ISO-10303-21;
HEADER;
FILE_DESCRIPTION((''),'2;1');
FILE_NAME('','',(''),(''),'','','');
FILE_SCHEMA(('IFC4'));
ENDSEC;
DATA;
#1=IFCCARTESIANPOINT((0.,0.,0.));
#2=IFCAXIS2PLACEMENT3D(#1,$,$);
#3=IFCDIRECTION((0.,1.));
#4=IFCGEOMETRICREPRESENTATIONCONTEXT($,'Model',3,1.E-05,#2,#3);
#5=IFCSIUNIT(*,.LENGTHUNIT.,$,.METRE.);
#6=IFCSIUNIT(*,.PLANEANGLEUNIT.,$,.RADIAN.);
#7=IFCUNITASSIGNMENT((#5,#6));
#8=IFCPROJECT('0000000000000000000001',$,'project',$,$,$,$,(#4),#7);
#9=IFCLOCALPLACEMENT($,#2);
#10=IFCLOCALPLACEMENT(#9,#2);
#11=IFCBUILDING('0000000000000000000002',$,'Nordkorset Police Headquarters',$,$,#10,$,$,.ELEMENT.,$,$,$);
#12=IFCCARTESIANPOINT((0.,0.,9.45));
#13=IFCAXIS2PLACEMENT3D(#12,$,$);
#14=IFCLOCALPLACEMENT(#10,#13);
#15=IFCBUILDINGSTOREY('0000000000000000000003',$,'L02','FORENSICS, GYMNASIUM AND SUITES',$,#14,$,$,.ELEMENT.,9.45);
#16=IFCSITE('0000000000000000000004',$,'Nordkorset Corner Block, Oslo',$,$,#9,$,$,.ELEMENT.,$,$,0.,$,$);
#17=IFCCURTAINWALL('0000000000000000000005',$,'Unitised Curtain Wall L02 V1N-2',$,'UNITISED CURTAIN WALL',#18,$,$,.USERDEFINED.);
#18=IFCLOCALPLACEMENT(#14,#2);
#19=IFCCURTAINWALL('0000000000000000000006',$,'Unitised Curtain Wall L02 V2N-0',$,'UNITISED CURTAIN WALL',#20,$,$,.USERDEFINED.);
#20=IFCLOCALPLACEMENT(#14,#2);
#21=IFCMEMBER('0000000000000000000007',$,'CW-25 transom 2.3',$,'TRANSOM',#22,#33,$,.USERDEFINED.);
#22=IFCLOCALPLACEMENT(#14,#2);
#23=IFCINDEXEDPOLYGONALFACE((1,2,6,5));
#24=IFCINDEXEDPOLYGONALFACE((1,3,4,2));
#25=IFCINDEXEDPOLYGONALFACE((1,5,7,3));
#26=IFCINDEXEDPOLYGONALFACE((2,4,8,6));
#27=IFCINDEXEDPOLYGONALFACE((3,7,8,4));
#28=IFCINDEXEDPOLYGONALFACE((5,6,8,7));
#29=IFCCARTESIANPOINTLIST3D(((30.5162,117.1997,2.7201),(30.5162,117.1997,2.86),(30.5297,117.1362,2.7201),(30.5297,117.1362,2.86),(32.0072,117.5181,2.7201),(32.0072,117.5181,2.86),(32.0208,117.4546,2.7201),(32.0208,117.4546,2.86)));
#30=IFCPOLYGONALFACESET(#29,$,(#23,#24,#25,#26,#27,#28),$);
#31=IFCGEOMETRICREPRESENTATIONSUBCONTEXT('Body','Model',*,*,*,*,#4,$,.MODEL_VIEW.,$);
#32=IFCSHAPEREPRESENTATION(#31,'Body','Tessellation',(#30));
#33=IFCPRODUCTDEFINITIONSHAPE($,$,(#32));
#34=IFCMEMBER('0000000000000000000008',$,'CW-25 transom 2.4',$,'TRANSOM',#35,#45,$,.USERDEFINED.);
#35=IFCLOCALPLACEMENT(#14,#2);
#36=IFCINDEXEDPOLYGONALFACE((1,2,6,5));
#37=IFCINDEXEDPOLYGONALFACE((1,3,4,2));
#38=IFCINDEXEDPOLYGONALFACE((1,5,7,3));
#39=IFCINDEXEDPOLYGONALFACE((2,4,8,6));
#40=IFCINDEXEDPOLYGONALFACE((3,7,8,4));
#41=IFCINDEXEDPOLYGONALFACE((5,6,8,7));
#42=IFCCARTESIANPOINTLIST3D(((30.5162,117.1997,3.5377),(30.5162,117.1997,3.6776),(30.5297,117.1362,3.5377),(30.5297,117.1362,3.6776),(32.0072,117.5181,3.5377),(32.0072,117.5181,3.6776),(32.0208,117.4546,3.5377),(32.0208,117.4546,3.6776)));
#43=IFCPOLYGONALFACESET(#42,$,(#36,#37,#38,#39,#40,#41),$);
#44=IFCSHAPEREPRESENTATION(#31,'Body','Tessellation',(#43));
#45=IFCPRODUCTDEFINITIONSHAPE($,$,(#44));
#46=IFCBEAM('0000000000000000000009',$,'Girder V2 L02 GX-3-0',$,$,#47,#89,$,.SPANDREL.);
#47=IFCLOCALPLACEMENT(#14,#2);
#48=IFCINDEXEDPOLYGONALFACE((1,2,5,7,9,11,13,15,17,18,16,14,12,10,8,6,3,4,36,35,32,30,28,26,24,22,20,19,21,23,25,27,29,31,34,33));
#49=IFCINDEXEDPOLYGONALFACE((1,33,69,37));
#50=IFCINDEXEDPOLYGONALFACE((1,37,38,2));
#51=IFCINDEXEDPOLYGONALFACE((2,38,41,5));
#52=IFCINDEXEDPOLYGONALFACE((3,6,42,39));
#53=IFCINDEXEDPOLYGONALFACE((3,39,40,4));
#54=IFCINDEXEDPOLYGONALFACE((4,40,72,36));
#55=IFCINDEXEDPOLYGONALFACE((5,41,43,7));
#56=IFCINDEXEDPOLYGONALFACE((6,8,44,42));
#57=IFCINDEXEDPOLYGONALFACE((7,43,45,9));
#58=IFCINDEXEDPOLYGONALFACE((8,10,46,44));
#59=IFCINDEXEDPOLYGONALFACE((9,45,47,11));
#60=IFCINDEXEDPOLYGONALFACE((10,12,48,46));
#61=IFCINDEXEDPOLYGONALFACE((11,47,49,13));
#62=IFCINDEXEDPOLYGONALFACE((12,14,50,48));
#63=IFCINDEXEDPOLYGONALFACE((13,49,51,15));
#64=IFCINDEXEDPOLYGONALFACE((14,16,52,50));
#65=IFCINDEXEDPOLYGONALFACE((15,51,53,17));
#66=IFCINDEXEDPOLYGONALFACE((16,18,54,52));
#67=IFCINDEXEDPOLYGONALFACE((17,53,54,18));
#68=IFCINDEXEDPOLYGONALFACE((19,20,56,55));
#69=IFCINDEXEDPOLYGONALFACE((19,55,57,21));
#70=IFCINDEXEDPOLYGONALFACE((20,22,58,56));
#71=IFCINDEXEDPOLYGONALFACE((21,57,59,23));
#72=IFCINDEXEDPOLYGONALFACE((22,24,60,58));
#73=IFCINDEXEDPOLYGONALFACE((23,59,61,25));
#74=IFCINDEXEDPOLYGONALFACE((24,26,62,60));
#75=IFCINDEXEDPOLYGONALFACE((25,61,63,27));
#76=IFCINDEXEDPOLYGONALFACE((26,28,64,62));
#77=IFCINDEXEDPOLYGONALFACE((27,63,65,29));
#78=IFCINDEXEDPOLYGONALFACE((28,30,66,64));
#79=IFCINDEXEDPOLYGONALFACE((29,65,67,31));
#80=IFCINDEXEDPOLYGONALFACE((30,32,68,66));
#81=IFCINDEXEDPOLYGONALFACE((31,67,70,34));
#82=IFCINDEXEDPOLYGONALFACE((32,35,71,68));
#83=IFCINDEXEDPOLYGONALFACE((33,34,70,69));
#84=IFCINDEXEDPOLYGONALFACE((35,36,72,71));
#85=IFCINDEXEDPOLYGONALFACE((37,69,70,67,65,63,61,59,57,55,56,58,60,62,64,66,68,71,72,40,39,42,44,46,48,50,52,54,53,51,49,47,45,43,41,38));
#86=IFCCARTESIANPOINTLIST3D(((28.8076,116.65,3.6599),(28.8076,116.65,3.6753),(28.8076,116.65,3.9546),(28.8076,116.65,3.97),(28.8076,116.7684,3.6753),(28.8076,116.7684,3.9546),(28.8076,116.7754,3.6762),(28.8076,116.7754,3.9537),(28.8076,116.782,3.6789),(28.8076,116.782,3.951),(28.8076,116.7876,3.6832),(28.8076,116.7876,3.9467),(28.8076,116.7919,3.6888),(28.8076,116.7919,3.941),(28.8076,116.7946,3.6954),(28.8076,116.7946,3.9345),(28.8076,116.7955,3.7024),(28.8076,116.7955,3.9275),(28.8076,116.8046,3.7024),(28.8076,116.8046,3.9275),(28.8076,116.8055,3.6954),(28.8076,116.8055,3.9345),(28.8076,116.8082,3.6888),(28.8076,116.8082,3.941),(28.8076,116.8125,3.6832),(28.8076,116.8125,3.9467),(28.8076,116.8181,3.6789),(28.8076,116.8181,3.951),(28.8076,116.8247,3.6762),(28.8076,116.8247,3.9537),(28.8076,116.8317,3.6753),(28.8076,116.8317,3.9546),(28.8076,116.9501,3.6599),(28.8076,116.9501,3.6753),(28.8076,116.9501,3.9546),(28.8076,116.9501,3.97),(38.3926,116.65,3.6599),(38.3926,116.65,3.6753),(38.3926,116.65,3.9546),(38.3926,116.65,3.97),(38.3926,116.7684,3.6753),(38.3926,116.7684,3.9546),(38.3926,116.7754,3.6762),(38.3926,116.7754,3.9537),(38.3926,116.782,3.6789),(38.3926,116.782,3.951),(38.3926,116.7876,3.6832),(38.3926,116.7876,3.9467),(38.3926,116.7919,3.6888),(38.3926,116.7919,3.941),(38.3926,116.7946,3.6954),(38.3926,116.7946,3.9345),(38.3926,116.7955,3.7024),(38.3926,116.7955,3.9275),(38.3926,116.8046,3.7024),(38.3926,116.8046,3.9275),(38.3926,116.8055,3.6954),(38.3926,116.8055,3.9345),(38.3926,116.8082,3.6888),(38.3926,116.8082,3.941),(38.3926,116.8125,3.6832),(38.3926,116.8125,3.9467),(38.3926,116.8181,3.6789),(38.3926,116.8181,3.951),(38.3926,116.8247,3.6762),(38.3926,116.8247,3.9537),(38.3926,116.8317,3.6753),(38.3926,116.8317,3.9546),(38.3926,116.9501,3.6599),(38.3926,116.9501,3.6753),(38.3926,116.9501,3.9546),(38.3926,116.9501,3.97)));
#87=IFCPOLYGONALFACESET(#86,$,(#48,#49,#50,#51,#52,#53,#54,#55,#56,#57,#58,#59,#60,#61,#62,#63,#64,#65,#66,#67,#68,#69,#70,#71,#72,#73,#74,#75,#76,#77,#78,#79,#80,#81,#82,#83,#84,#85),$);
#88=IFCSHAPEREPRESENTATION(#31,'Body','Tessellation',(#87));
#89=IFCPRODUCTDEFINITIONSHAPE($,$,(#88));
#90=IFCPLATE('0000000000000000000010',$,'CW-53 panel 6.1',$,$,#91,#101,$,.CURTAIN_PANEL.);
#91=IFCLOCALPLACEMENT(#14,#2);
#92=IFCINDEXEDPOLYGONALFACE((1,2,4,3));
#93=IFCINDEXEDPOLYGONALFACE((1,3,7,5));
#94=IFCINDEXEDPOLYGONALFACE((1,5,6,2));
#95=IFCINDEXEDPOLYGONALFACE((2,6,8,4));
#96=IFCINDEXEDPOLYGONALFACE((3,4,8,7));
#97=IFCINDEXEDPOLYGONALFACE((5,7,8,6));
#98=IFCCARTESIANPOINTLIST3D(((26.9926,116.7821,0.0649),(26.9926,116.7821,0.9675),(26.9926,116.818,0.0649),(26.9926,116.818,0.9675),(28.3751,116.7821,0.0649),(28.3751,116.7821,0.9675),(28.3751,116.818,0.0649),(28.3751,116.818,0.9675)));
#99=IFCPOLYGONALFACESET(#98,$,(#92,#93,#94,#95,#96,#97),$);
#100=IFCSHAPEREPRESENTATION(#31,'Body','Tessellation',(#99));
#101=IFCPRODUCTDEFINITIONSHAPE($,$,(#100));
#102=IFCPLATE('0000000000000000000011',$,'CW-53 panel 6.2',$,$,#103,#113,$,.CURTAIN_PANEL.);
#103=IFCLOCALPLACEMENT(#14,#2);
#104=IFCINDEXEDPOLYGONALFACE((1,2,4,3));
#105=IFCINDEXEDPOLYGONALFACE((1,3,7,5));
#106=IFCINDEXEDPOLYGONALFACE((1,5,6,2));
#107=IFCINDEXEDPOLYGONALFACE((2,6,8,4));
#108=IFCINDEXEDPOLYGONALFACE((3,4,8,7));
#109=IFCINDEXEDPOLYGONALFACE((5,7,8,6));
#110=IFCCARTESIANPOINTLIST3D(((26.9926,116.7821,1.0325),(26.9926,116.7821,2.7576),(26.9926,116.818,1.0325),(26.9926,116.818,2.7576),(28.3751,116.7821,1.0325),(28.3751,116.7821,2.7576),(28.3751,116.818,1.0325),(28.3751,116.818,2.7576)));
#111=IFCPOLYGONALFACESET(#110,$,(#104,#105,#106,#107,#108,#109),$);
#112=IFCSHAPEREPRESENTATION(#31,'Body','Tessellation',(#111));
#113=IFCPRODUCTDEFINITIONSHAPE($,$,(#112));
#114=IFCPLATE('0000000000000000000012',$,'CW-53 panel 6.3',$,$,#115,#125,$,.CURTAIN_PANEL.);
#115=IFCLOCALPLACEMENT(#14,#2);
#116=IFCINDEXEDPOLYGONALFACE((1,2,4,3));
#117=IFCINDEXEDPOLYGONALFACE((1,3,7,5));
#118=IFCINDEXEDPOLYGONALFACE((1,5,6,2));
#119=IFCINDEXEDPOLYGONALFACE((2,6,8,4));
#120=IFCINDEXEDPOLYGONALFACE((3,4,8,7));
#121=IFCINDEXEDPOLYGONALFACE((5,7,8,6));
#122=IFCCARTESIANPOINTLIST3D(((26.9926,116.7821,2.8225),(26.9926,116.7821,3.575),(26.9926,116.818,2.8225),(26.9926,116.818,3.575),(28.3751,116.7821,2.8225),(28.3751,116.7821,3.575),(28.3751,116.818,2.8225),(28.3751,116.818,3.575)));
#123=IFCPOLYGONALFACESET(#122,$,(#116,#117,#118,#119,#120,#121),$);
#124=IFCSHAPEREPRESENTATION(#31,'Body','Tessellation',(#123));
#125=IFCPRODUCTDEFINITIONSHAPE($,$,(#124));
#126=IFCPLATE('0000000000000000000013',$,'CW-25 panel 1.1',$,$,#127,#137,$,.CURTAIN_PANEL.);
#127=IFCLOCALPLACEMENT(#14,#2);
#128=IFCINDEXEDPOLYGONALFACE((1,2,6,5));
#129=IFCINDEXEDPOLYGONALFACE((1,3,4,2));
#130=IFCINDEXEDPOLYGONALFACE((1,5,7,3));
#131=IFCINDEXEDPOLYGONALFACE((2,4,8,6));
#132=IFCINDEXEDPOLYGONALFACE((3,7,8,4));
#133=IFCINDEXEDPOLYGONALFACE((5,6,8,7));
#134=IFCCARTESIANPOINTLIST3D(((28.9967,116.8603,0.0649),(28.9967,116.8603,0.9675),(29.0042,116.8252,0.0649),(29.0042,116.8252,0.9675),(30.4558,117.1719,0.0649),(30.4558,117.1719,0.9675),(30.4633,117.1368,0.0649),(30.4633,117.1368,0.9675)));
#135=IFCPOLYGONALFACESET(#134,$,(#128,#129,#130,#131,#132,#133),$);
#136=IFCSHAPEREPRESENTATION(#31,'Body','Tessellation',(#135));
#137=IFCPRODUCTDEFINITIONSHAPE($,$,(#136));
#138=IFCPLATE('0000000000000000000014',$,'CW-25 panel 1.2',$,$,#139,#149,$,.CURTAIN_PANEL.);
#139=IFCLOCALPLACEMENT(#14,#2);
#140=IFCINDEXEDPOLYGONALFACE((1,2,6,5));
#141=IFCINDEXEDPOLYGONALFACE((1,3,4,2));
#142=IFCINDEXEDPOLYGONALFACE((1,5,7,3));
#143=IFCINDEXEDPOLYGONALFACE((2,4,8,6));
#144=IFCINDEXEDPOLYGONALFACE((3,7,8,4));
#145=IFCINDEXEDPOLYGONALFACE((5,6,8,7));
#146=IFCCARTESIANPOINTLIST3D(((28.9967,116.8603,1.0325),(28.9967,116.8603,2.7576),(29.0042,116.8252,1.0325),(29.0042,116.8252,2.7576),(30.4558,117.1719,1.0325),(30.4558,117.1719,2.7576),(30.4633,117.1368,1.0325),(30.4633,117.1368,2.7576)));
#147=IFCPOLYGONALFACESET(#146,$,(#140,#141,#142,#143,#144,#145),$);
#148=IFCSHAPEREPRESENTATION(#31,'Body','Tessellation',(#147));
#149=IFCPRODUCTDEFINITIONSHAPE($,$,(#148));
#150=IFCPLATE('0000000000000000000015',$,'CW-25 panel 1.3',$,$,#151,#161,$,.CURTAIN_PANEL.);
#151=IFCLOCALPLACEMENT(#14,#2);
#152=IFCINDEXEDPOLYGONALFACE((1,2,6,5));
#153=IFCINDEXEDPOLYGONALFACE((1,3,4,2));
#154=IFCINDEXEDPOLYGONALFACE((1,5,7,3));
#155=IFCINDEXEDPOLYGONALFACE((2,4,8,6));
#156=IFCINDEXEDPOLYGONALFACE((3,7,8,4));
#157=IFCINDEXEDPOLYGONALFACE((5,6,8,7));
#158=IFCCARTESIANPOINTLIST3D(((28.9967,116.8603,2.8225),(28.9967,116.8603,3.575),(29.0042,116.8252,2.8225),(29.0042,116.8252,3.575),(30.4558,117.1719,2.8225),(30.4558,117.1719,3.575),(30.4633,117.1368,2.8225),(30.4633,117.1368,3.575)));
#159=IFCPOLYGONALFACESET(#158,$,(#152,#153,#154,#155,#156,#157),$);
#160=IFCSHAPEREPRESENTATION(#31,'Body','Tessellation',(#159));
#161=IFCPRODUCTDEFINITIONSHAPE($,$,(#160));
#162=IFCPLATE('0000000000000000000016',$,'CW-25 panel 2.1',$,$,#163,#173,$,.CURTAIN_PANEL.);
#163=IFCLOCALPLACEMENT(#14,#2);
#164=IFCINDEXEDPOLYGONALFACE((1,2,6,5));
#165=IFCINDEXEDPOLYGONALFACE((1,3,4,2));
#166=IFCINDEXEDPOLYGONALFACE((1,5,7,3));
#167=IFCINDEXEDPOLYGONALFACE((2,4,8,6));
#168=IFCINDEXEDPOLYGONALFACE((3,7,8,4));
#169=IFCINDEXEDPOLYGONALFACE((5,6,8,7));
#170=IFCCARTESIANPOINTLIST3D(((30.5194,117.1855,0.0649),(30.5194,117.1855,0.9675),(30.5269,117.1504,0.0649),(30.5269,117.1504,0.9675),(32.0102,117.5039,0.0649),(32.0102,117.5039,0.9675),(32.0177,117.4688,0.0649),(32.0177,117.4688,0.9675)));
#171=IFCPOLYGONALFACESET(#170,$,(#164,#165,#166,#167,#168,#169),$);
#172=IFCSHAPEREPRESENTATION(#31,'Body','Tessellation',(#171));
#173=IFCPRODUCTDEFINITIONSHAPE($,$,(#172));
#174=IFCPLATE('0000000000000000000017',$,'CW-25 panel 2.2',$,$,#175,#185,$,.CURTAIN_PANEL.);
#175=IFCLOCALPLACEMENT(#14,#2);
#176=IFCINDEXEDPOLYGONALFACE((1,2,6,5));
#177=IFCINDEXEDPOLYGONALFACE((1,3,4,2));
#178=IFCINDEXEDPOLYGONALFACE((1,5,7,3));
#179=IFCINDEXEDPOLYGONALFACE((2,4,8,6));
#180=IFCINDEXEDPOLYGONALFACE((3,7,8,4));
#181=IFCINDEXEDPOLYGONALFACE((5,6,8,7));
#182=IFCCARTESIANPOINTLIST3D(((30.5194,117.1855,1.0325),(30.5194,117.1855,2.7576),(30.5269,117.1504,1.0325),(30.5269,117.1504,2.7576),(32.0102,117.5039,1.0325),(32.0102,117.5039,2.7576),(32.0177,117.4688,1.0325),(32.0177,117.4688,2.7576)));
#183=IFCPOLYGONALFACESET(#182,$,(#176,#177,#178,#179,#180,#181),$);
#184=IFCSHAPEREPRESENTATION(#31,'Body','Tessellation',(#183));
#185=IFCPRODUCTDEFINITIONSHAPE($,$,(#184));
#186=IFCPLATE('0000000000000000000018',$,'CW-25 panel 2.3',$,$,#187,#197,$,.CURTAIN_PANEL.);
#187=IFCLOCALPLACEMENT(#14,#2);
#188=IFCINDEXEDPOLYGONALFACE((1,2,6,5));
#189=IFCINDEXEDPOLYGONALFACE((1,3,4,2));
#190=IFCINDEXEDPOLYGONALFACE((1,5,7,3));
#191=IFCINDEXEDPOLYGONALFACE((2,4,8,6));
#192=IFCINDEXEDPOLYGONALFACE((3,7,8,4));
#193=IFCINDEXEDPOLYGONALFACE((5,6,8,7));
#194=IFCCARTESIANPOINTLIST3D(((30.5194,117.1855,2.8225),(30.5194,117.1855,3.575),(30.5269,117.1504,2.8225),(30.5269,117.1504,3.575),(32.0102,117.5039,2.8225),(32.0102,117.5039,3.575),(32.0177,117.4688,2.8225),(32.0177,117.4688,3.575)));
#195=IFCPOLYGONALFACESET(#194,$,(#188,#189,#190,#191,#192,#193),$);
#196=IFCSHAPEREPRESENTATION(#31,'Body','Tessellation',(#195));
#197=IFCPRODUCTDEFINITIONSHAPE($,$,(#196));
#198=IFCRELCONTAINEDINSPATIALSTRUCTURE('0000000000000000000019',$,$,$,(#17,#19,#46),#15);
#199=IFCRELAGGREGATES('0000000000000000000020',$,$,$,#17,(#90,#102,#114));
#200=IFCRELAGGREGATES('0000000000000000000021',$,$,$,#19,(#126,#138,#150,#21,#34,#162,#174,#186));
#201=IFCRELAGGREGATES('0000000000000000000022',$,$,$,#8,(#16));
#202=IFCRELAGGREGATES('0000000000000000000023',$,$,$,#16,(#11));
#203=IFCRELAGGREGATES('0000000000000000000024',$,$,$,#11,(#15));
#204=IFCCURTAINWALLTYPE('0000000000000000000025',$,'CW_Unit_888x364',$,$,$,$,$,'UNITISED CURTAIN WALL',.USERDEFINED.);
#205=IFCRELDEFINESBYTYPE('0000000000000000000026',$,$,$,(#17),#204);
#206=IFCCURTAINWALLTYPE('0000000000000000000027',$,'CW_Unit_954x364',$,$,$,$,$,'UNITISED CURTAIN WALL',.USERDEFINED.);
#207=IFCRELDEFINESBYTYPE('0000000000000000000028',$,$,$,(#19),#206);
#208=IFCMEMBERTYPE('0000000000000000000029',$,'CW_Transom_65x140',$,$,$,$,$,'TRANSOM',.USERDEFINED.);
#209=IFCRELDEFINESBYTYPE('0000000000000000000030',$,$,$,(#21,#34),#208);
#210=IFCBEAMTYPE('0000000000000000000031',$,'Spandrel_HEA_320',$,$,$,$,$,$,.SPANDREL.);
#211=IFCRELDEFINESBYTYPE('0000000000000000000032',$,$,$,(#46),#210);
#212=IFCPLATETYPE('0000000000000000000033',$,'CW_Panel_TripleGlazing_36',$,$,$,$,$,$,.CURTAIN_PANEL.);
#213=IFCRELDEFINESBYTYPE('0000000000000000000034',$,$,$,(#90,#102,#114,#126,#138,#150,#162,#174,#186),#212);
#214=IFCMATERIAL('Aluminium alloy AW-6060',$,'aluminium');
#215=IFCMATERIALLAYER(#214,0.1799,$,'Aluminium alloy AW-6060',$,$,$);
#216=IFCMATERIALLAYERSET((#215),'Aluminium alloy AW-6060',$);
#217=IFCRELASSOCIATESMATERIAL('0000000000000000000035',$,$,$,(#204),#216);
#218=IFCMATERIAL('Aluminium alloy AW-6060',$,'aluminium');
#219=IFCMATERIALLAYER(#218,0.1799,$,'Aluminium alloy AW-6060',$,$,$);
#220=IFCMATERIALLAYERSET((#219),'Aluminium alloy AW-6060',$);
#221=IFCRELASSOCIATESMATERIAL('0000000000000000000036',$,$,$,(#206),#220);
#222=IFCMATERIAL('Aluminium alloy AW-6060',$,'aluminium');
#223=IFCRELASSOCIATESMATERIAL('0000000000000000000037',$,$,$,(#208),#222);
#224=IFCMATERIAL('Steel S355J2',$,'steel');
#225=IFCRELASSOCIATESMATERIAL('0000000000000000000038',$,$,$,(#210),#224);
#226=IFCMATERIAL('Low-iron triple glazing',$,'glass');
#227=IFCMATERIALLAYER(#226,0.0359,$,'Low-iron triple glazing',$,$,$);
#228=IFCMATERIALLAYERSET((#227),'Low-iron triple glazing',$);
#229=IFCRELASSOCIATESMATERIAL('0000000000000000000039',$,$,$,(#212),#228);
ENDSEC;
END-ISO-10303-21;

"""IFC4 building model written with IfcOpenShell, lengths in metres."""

from ifc_helpers import new_model, si_unit, direction, frame, origin, origin_2d, place, context, subcontext, project, spatial, rectangle, i_section, extrude, material, layer, layer_set, material_profile, profile_set, type_object, element, aggregate, save


model = new_model("IFC4")

# Units and contexts
model_context = context("Model", 3, precision=1e-05, world=origin(), true_north=direction((0.0, 1.0)))
body_context = subcontext(model_context, "Body", "Model", "MODEL_VIEW")
ifc_project = project(units=[si_unit("LENGTHUNIT", "METRE"), si_unit("PLANEANGLEUNIT", "RADIAN")], contexts=[model_context])

# Site, building, storey
site_placement = place(None, origin())
site = spatial("IfcSite", under=ifc_project, at=site_placement, Name="Nordkorset Corner Block, Oslo", CompositionType="ELEMENT", RefElevation=0.0)
building_placement = place(site_placement, origin())
building = spatial("IfcBuilding", under=site, at=building_placement, Name="Nordkorset Police Headquarters", CompositionType="ELEMENT")
storey_placement = place(building_placement, frame((0.0, 0.0, 9.45)))
storey = spatial("IfcBuildingStorey", under=building, at=storey_placement, Name="L02", Description="FORENSICS, GYMNASIUM AND SUITES", CompositionType="ELEMENT", Elevation=9.45)

# Curtain wall
ifc_material_1 = material(Name="Aluminium alloy AW-6060", Category="aluminium")
ifc_layer_1 = layer(ifc_material_1, 0.1799, Name="Aluminium alloy AW-6060")
ifc_layer_set_1 = layer_set([ifc_layer_1], Name="Aluminium alloy AW-6060")
curtain_wall_type_1 = type_object("IfcCurtainWallType", Name="CW_Unit_888x364", ElementType="UNITISED CURTAIN WALL", PredefinedType="USERDEFINED", material=ifc_layer_set_1)
curtain_wall_1_placement = place(storey_placement, origin())
curtain_wall_1 = element("IfcCurtainWall", 1, at=curtain_wall_1_placement, inside=storey, type_object=curtain_wall_type_1, Name="Unitised Curtain Wall L02 V1N-2", ObjectType="UNITISED CURTAIN WALL", PredefinedType="USERDEFINED")

# Curtain wall
ifc_material_2 = material(Name="Aluminium alloy AW-6060", Category="aluminium")
ifc_layer_2 = layer(ifc_material_2, 0.1799, Name="Aluminium alloy AW-6060")
ifc_layer_set_2 = layer_set([ifc_layer_2], Name="Aluminium alloy AW-6060")
curtain_wall_type_2 = type_object("IfcCurtainWallType", Name="CW_Unit_954x364", ElementType="UNITISED CURTAIN WALL", PredefinedType="USERDEFINED", material=ifc_layer_set_2)
curtain_wall_2_placement = place(storey_placement, origin())
curtain_wall_2 = element("IfcCurtainWall", 2, at=curtain_wall_2_placement, inside=storey, type_object=curtain_wall_type_2, Name="Unitised Curtain Wall L02 V2N-0", ObjectType="UNITISED CURTAIN WALL", PredefinedType="USERDEFINED")

# Members
ifc_material_3 = material(Name="Aluminium alloy AW-6060", Category="aluminium")
ifc_material_profile_1 = material_profile(ifc_material_3, rectangle(XDim=0.0649, YDim=0.1399, at=origin_2d()), Name="ALU TRAN 65x140")
ifc_profile_set_1 = profile_set([ifc_material_profile_1], Name="Aluminium alloy AW-6060")
member_type_1 = type_object("IfcMemberType", Name="CW_Transom_65x140", ElementType="TRANSOM", PredefinedType="USERDEFINED", material=ifc_profile_set_1)
member_1_placement = place(storey_placement, frame((30.5229, 117.168, 2.79), z_axis=(0.977954, 0.208818, 0.0), x_axis=(-0.208818, 0.977954, 0.0)))
member_1 = element("IfcMember", 3, at=member_1_placement, type_object=member_type_1, Name="CW-25 transom 2.3", ObjectType="TRANSOM", PredefinedType="USERDEFINED", context=body_context, shape_type="SweptSolid", body=[
    extrude(rectangle(XDim=0.0649, YDim=0.1399, at=origin_2d()), origin(), (0.0, 0.0, 1.0), 1.5247),
])
member_2_placement = place(storey_placement, frame((30.5229, 117.168, 3.6077), z_axis=(0.977954, 0.208818, 0.0), x_axis=(-0.208818, 0.977954, 0.0)))
member_2 = element("IfcMember", 4, at=member_2_placement, type_object=member_type_1, Name="CW-25 transom 2.4", ObjectType="TRANSOM", PredefinedType="USERDEFINED", context=body_context, shape_type="SweptSolid", body=[
    extrude(rectangle(XDim=0.0649, YDim=0.1399, at=origin_2d()), origin(), (0.0, 0.0, 1.0), 1.5247),
])

# Beam
ifc_material_4 = material(Name="Steel S355J2", Category="steel")
ifc_material_profile_2 = material_profile(ifc_material_4, i_section(OverallWidth=0.3, OverallDepth=0.3101, WebThickness=0.009, FlangeThickness=0.0154, FilletRadius=0.0271, at=origin_2d()), Name="HEA 320")
ifc_profile_set_2 = profile_set([ifc_material_profile_2], Name="Steel S355J2")
beam_type = type_object("IfcBeamType", Name="Spandrel_HEA_320", PredefinedType="SPANDREL", material=ifc_profile_set_2)
beam_placement = place(storey_placement, frame((28.8076, 116.8, 3.8149), z_axis=(1.0, 0.0, 0.0), x_axis=(0.0, 1.0, 0.0)))
element("IfcBeam", 5, at=beam_placement, inside=storey, type_object=beam_type, Name="Girder V2 L02 GX-3-0", PredefinedType="SPANDREL", context=body_context, shape_type="SweptSolid", body=[
    extrude(i_section(OverallWidth=0.3, OverallDepth=0.3101, WebThickness=0.009, FlangeThickness=0.0154, FilletRadius=0.0271, at=origin_2d()), origin(), (0.0, 0.0, 1.0), 9.585),
])

# Plates
ifc_material_5 = material(Name="Low-iron triple glazing", Category="glass")
ifc_layer_3 = layer(ifc_material_5, 0.0359, Name="Low-iron triple glazing")
ifc_layer_set_3 = layer_set([ifc_layer_3], Name="Low-iron triple glazing")
plate_type = type_object("IfcPlateType", Name="CW_Panel_TripleGlazing_36", PredefinedType="CURTAIN_PANEL", material=ifc_layer_set_3)
plate_1_placement = place(storey_placement, frame((27.6838, 116.8, 0.0649), z_axis=(0.0, 0.0, 1.0), x_axis=(1.0, 0.0, 0.0)))
plate_1 = element("IfcPlate", 6, at=plate_1_placement, type_object=plate_type, Name="CW-53 panel 6.1", PredefinedType="CURTAIN_PANEL", context=body_context, shape_type="SweptSolid", body=[
    extrude(rectangle(XDim=1.3826, YDim=0.0359, at=origin_2d()), origin(), (0.0, 0.0, 1.0), 0.9026),
])
plate_2_placement = place(storey_placement, frame((27.6838, 116.8, 1.0325), z_axis=(0.0, 0.0, 1.0), x_axis=(1.0, 0.0, 0.0)))
plate_2 = element("IfcPlate", 7, at=plate_2_placement, type_object=plate_type, Name="CW-53 panel 6.2", PredefinedType="CURTAIN_PANEL", context=body_context, shape_type="SweptSolid", body=[
    extrude(rectangle(XDim=1.3826, YDim=0.0359, at=origin_2d()), origin(), (0.0, 0.0, 1.0), 1.7251),
])
plate_3_placement = place(storey_placement, frame((27.6838, 116.8, 2.8225), z_axis=(0.0, 0.0, 1.0), x_axis=(1.0, 0.0, 0.0)))
plate_3 = element("IfcPlate", 8, at=plate_3_placement, type_object=plate_type, Name="CW-53 panel 6.3", PredefinedType="CURTAIN_PANEL", context=body_context, shape_type="SweptSolid", body=[
    extrude(rectangle(XDim=1.3826, YDim=0.0359, at=origin_2d()), origin(), (0.0, 0.0, 1.0), 0.7524),
])
aggregate(curtain_wall_1, [plate_1, plate_2, plate_3])
plate_4_placement = place(storey_placement, frame((29.73, 116.9985, 0.0649), z_axis=(0.0, 0.0, 1.0), x_axis=(0.977951, 0.208833, 0.0)))
plate_4 = element("IfcPlate", 9, at=plate_4_placement, type_object=plate_type, Name="CW-25 panel 1.1", PredefinedType="CURTAIN_PANEL", context=body_context, shape_type="SweptSolid", body=[
    extrude(rectangle(XDim=1.4919, YDim=0.0359, at=origin_2d()), origin(), (0.0, 0.0, 1.0), 0.9026),
])
plate_5_placement = place(storey_placement, frame((29.73, 116.9985, 1.0325), z_axis=(0.0, 0.0, 1.0), x_axis=(0.977951, 0.208833, 0.0)))
plate_5 = element("IfcPlate", 10, at=plate_5_placement, type_object=plate_type, Name="CW-25 panel 1.2", PredefinedType="CURTAIN_PANEL", context=body_context, shape_type="SweptSolid", body=[
    extrude(rectangle(XDim=1.4919, YDim=0.0359, at=origin_2d()), origin(), (0.0, 0.0, 1.0), 1.7251),
])
plate_6_placement = place(storey_placement, frame((29.73, 116.9985, 2.8225), z_axis=(0.0, 0.0, 1.0), x_axis=(0.977951, 0.208833, 0.0)))
plate_6 = element("IfcPlate", 11, at=plate_6_placement, type_object=plate_type, Name="CW-25 panel 1.3", PredefinedType="CURTAIN_PANEL", context=body_context, shape_type="SweptSolid", body=[
    extrude(rectangle(XDim=1.4919, YDim=0.0359, at=origin_2d()), origin(), (0.0, 0.0, 1.0), 0.7524),
])
plate_7_placement = place(storey_placement, frame((31.2686, 117.3271, 0.0649), z_axis=(0.0, 0.0, 1.0), x_axis=(0.977951, 0.208833, 0.0)))
plate_7 = element("IfcPlate", 12, at=plate_7_placement, type_object=plate_type, Name="CW-25 panel 2.1", PredefinedType="CURTAIN_PANEL", context=body_context, shape_type="SweptSolid", body=[
    extrude(rectangle(XDim=1.5244, YDim=0.0359, at=origin_2d()), origin(), (0.0, 0.0, 1.0), 0.9026),
])
plate_8_placement = place(storey_placement, frame((31.2686, 117.3271, 1.0325), z_axis=(0.0, 0.0, 1.0), x_axis=(0.977951, 0.208833, 0.0)))
plate_8 = element("IfcPlate", 13, at=plate_8_placement, type_object=plate_type, Name="CW-25 panel 2.2", PredefinedType="CURTAIN_PANEL", context=body_context, shape_type="SweptSolid", body=[
    extrude(rectangle(XDim=1.5244, YDim=0.0359, at=origin_2d()), origin(), (0.0, 0.0, 1.0), 1.7251),
])
plate_9_placement = place(storey_placement, frame((31.2686, 117.3271, 2.8225), z_axis=(0.0, 0.0, 1.0), x_axis=(0.977951, 0.208833, 0.0)))
plate_9 = element("IfcPlate", 14, at=plate_9_placement, type_object=plate_type, Name="CW-25 panel 2.3", PredefinedType="CURTAIN_PANEL", context=body_context, shape_type="SweptSolid", body=[
    extrude(rectangle(XDim=1.5244, YDim=0.0359, at=origin_2d()), origin(), (0.0, 0.0, 1.0), 0.7524),
])
aggregate(curtain_wall_2, [plate_4, plate_5, plate_6, member_1, member_2, plate_7, plate_8, plate_9])

save(model, "model.ifc")
